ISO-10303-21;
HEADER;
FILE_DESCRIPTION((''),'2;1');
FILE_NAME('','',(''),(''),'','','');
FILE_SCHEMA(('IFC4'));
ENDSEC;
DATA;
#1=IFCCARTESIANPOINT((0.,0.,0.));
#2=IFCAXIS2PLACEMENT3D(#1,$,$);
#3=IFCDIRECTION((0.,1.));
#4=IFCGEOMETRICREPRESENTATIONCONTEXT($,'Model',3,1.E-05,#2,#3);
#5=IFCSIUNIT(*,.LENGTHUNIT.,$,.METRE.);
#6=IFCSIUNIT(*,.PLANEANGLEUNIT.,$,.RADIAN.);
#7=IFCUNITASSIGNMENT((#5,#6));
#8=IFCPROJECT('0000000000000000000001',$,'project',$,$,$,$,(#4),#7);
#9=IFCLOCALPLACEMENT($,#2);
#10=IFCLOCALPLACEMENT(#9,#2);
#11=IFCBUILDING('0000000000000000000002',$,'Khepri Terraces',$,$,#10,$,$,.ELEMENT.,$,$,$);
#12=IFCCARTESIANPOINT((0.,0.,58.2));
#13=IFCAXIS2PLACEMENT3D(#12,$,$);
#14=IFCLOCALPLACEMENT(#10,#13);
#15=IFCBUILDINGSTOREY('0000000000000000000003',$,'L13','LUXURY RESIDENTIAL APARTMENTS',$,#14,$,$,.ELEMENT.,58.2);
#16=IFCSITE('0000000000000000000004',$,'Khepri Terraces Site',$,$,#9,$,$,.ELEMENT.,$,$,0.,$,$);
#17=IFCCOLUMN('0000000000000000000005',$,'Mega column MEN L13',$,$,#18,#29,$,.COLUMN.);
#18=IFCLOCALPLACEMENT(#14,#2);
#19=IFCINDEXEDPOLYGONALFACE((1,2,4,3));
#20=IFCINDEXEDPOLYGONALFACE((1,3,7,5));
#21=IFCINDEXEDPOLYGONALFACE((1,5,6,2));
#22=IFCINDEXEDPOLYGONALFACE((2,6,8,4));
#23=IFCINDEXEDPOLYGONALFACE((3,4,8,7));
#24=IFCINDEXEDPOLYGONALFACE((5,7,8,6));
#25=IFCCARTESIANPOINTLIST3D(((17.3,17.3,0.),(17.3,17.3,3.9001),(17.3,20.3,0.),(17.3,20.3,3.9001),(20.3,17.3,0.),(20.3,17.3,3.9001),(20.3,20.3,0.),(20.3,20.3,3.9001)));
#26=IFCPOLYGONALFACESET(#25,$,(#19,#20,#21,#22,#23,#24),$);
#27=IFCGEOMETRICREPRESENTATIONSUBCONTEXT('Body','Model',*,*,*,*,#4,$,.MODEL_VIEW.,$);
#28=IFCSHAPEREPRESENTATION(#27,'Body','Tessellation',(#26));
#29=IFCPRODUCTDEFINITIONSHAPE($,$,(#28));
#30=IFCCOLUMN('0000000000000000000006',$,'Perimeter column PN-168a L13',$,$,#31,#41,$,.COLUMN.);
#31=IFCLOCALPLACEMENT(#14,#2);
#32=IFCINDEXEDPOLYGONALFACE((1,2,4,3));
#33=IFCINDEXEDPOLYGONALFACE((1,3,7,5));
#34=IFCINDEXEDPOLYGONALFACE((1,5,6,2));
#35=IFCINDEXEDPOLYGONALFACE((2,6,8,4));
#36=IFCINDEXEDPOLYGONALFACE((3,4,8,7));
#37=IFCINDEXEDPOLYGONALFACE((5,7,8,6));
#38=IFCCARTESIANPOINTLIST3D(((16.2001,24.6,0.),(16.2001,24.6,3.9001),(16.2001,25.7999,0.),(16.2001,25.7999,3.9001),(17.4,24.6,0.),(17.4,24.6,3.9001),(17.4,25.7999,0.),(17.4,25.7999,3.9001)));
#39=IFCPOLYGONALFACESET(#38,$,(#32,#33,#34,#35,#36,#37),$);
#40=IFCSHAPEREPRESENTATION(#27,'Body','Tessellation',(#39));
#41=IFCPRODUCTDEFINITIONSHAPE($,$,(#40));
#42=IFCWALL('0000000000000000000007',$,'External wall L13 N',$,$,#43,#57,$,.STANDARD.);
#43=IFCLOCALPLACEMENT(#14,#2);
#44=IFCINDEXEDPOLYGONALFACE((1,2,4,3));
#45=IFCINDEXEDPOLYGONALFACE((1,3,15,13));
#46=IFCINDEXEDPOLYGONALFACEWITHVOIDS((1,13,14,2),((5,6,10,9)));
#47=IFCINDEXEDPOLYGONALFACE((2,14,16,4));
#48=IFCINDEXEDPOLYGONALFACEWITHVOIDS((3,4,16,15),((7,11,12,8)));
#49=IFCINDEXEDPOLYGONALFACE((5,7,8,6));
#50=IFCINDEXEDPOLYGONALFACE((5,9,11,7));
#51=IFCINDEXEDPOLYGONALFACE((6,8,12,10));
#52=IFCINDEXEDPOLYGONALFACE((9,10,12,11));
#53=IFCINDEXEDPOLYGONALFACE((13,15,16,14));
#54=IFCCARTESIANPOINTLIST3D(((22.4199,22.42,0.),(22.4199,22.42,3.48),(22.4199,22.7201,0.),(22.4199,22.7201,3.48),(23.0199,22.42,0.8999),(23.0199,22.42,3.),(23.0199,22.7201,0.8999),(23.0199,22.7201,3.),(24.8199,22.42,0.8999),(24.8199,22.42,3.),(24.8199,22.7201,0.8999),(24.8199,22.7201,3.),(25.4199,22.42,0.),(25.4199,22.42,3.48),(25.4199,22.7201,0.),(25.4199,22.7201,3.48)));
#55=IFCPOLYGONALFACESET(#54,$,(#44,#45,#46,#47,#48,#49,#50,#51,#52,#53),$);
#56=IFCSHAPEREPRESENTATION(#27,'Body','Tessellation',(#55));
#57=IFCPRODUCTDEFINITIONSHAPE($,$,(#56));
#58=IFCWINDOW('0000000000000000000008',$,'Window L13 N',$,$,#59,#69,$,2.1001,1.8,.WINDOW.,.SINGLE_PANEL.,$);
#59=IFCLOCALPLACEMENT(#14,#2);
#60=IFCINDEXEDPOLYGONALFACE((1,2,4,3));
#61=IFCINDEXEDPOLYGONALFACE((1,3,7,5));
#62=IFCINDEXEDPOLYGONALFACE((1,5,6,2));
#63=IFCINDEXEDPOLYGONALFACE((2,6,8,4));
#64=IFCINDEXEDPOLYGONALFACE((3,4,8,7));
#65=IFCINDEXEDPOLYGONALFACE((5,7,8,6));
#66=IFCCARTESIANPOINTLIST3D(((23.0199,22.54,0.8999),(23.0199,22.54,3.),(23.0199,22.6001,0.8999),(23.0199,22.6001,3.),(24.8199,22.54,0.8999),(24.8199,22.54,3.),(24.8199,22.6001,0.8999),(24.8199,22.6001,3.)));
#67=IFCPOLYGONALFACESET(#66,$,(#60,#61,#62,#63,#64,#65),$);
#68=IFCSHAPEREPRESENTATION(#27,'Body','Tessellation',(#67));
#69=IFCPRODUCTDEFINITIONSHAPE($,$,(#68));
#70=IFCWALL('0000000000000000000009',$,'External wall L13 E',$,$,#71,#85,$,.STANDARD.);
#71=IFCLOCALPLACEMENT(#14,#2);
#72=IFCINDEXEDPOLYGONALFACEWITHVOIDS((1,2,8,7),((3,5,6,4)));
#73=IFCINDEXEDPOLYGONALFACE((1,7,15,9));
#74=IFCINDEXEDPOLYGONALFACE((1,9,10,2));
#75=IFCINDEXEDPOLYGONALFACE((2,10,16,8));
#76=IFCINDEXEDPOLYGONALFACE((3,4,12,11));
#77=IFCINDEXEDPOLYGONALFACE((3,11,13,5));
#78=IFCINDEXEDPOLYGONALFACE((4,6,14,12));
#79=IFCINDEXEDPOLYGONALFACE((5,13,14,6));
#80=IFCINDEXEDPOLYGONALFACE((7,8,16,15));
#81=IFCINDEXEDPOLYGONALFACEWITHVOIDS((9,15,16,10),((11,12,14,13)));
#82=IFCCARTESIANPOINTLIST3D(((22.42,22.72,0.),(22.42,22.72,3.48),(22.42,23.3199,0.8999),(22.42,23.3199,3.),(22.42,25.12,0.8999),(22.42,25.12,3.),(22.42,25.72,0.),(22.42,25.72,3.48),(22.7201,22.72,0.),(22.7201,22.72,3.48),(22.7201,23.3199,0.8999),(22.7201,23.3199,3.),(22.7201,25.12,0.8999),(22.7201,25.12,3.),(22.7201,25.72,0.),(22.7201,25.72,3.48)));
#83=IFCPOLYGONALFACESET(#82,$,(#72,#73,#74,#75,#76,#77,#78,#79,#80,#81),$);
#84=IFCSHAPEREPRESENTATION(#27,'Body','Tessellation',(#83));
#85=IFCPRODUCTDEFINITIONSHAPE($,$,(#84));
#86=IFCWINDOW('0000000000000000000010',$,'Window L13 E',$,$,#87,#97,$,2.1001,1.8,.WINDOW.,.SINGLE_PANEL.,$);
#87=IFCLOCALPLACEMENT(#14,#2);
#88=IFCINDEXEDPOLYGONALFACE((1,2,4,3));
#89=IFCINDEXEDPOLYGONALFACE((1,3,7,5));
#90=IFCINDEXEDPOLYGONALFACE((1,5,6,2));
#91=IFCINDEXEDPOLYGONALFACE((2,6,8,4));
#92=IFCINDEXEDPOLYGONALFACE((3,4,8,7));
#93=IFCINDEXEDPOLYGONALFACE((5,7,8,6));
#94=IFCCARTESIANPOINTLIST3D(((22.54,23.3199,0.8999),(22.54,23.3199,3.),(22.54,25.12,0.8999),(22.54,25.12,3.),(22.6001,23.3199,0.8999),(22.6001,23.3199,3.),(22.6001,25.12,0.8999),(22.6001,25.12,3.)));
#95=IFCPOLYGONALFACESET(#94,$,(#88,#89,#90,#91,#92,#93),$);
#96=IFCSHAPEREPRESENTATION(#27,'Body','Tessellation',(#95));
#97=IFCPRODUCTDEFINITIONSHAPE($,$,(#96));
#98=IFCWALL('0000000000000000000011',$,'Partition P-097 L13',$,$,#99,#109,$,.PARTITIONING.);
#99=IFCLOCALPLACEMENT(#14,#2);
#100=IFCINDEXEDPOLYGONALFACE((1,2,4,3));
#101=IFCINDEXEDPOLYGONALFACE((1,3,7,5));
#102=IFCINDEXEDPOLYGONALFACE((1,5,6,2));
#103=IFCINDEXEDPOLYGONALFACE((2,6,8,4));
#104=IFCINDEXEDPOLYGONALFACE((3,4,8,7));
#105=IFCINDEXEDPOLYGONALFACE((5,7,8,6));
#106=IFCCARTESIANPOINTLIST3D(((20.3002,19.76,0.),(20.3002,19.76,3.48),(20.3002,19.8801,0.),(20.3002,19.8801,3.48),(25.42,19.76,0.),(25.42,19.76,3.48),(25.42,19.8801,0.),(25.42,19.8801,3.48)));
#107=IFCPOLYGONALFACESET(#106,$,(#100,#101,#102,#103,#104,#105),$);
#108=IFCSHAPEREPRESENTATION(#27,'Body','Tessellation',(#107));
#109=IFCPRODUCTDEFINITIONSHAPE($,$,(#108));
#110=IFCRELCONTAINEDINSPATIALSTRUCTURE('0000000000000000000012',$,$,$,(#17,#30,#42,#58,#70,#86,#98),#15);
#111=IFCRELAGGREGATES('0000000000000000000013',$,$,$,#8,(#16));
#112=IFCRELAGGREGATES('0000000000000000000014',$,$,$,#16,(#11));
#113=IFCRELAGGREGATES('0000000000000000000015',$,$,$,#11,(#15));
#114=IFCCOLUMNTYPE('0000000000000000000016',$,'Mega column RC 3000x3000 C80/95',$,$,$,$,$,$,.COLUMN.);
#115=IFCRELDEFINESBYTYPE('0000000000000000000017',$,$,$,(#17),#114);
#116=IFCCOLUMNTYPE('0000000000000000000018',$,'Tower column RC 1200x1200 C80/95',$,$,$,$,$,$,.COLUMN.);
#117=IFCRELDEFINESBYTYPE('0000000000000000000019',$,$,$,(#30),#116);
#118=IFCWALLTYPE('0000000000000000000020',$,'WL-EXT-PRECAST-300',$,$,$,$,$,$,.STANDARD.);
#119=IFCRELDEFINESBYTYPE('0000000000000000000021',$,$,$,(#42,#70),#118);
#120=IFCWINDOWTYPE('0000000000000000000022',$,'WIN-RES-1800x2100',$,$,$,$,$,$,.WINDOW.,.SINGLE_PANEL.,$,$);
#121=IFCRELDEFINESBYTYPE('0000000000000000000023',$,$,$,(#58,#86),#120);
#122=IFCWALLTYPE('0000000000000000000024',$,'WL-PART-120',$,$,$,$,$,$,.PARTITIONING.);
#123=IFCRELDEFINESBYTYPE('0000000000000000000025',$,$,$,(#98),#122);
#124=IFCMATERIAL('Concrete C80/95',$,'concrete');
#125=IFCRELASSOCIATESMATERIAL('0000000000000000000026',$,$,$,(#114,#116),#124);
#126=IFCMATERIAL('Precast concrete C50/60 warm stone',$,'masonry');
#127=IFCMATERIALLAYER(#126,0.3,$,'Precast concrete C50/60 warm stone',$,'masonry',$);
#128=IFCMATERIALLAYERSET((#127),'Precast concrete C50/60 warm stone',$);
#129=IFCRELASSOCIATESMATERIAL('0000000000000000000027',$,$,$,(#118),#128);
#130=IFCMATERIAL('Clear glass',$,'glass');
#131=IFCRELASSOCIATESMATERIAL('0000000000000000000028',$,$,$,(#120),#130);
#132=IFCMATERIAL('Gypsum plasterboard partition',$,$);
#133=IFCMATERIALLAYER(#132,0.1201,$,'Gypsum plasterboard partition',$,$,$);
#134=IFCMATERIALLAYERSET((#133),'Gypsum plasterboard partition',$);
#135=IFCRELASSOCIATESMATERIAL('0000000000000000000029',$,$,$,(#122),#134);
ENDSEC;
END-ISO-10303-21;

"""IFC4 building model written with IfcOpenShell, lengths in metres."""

from ifc_helpers import new_model, si_unit, direction, frame, frame_2d, origin, origin_2d, place, context, subcontext, project, spatial, rectangle, extrude, material, layer, layer_set, material_profile, profile_set, type_object, element, fill, save


model = new_model("IFC4")

# Units and contexts
model_context = context("Model", 3, precision=1e-05, world=origin(), true_north=direction((0.0, 1.0)))
body_context = subcontext(model_context, "Body", "Model", "MODEL_VIEW")
ifc_project = project(units=[si_unit("LENGTHUNIT", "METRE"), si_unit("PLANEANGLEUNIT", "RADIAN")], contexts=[model_context])

# Site, building, storey
site_placement = place(None, origin())
site = spatial("IfcSite", under=ifc_project, at=site_placement, Name="Khepri Terraces Site", CompositionType="ELEMENT", RefElevation=0.0)
building_placement = place(site_placement, origin())
building = spatial("IfcBuilding", under=site, at=building_placement, Name="Khepri Terraces", CompositionType="ELEMENT")
storey_placement = place(building_placement, frame((0.0, 0.0, 58.2)))
storey = spatial("IfcBuildingStorey", under=building, at=storey_placement, Name="L13", Description="LUXURY RESIDENTIAL APARTMENTS", CompositionType="ELEMENT", Elevation=58.2)

# Columns
ifc_material_1 = material(Name="Concrete C80/95", Category="concrete")
ifc_material_profile_1 = material_profile(ifc_material_1, rectangle(XDim=3.0, YDim=3.0, at=origin_2d()), Name="Concrete C80/95", Category="concrete")
ifc_profile_set_1 = profile_set([ifc_material_profile_1], Name="Concrete C80/95")
column_type_1 = type_object("IfcColumnType", Name="Mega column RC 3000x3000 C80/95", PredefinedType="COLUMN", material=ifc_profile_set_1)
column_1_placement = place(storey_placement, frame((18.8, 18.8, 0.0), z_axis=(0.0, 0.0, 1.0), x_axis=(1.0, 0.0, 0.0)))
element("IfcColumn", 1, at=column_1_placement, inside=storey, type_object=column_type_1, Name="Mega column MEN L13", PredefinedType="COLUMN", context=body_context, shape_type="SweptSolid", body=[
    extrude(rectangle(XDim=3.0, YDim=3.0, at=origin_2d()), origin(), (0.0, 0.0, 1.0), 3.9001),
])
ifc_material_profile_2 = material_profile(ifc_material_1, rectangle(XDim=1.2, YDim=1.2, at=origin_2d()), Name="Concrete C80/95", Category="concrete")
ifc_profile_set_2 = profile_set([ifc_material_profile_2], Name="Concrete C80/95")
column_type_2 = type_object("IfcColumnType", Name="Tower column RC 1200x1200 C80/95", PredefinedType="COLUMN", material=ifc_profile_set_2)
column_2_placement = place(storey_placement, frame((16.8, 25.2, 0.0), z_axis=(0.0, 0.0, 1.0), x_axis=(1.0, 0.0, 0.0)))
element("IfcColumn", 2, at=column_2_placement, inside=storey, type_object=column_type_2, Name="Perimeter column PN-168a L13", PredefinedType="COLUMN", context=body_context, shape_type="SweptSolid", body=[
    extrude(rectangle(XDim=1.2, YDim=1.2, at=origin_2d()), origin(), (0.0, 0.0, 1.0), 3.9001),
])

# Walls, openings, windows
ifc_material_2 = material(Name="Precast concrete C50/60 warm stone", Category="masonry")
ifc_layer_1 = layer(ifc_material_2, 0.3, Name="Precast concrete C50/60 warm stone", Category="masonry")
ifc_layer_set_1 = layer_set([ifc_layer_1], Name="Precast concrete C50/60 warm stone")
wall_type_1 = type_object("IfcWallType", Name="WL-EXT-PRECAST-300", PredefinedType="STANDARD", material=ifc_layer_set_1)
wall_1_placement = place(storey_placement, frame((25.4199, 22.5701, 0.0), z_axis=(0.0, 0.0, 1.0), x_axis=(-1.0, 0.0, 0.0)))
wall_1 = element("IfcWall", 3, at=wall_1_placement, inside=storey, type_object=wall_type_1, Name="External wall L13 N", PredefinedType="STANDARD", context=body_context, shape_type="SweptSolid", body=[
    extrude(rectangle(XDim=3.0, YDim=0.3, at=frame_2d((1.5, 0.0))), origin(), (0.0, 0.0, 1.0), 3.48),
])
opening_1_placement = place(wall_1_placement, frame((0.6001, 0.0, 0.8999)))
opening_1 = element("IfcOpeningElement", 4, at=opening_1_placement, cuts=wall_1, PredefinedType="OPENING", context=body_context, shape_type="SweptSolid", body=[
    extrude(rectangle(XDim=1.8, YDim=2.1001, at=frame_2d((0.8999, 1.05))), frame((0.0, 0.1602, 0.0), z_axis=(0.0, -1.0, 0.0), x_axis=(1.0, 0.0, 0.0)), (0.0, 0.0, 1.0), 0.3201),
])
ifc_material_3 = material(Name="Clear glass", Category="glass")
window_type = type_object("IfcWindowType", Name="WIN-RES-1800x2100", PartitioningType="SINGLE_PANEL", PredefinedType="WINDOW", material=ifc_material_3)
window_1_placement = place(opening_1_placement, origin())
window_1 = element("IfcWindow", 5, at=window_1_placement, inside=storey, type_object=window_type, Name="Window L13 N", OverallHeight=2.1001, OverallWidth=1.8, PartitioningType="SINGLE_PANEL", PredefinedType="WINDOW", context=body_context, shape_type="SweptSolid", body=[
    extrude(rectangle(XDim=1.8, YDim=2.1001, at=frame_2d((0.8999, 1.05))), frame((0.0, 0.03, 0.0), z_axis=(0.0, -1.0, 0.0), x_axis=(1.0, 0.0, 0.0)), (0.0, 0.0, 1.0), 0.0601),
])
fill(opening_1, window_1)
wall_2_placement = place(storey_placement, frame((22.5701, 22.72, 0.0), z_axis=(0.0, 0.0, 1.0), x_axis=(0.0, 1.0, 0.0)))
wall_2 = element("IfcWall", 6, at=wall_2_placement, inside=storey, type_object=wall_type_1, Name="External wall L13 E", PredefinedType="STANDARD", context=body_context, shape_type="SweptSolid", body=[
    extrude(rectangle(XDim=3.0, YDim=0.3, at=frame_2d((1.5, 0.0))), origin(), (0.0, 0.0, 1.0), 3.48),
])
opening_2_placement = place(wall_2_placement, frame((0.6001, 0.0, 0.8999)))
opening_2 = element("IfcOpeningElement", 7, at=opening_2_placement, cuts=wall_2, PredefinedType="OPENING", context=body_context, shape_type="SweptSolid", body=[
    extrude(rectangle(XDim=1.8, YDim=2.1001, at=frame_2d((0.8999, 1.05))), frame((0.0, 0.1602, 0.0), z_axis=(0.0, -1.0, 0.0), x_axis=(1.0, 0.0, 0.0)), (0.0, 0.0, 1.0), 0.3201),
])
window_2_placement = place(opening_2_placement, origin())
window_2 = element("IfcWindow", 8, at=window_2_placement, inside=storey, type_object=window_type, Name="Window L13 E", OverallHeight=2.1001, OverallWidth=1.8, PartitioningType="SINGLE_PANEL", PredefinedType="WINDOW", context=body_context, shape_type="SweptSolid", body=[
    extrude(rectangle(XDim=1.8, YDim=2.1001, at=frame_2d((0.8999, 1.05))), frame((0.0, 0.03, 0.0), z_axis=(0.0, -1.0, 0.0), x_axis=(1.0, 0.0, 0.0)), (0.0, 0.0, 1.0), 0.0601),
])
fill(opening_2, window_2)

# Wall
ifc_material_4 = material(Name="Gypsum plasterboard partition")
ifc_layer_2 = layer(ifc_material_4, 0.1201, Name="Gypsum plasterboard partition")
ifc_layer_set_2 = layer_set([ifc_layer_2], Name="Gypsum plasterboard partition")
wall_type_2 = type_object("IfcWallType", Name="WL-PART-120", PredefinedType="PARTITIONING", material=ifc_layer_set_2)
wall_3_placement = place(storey_placement, frame((20.3, 19.8201, 0.0), z_axis=(0.0, 0.0, 1.0), x_axis=(1.0, 0.0, 0.0)))
element("IfcWall", 9, at=wall_3_placement, inside=storey, type_object=wall_type_2, Name="Partition P-097 L13", PredefinedType="PARTITIONING", context=body_context, shape_type="SweptSolid", body=[
    extrude(rectangle(XDim=5.1199, YDim=0.1201, at=frame_2d((2.5601, 0.0))), origin(), (0.0, 0.0, 1.0), 3.48),
])

save(model, "model.ifc")
